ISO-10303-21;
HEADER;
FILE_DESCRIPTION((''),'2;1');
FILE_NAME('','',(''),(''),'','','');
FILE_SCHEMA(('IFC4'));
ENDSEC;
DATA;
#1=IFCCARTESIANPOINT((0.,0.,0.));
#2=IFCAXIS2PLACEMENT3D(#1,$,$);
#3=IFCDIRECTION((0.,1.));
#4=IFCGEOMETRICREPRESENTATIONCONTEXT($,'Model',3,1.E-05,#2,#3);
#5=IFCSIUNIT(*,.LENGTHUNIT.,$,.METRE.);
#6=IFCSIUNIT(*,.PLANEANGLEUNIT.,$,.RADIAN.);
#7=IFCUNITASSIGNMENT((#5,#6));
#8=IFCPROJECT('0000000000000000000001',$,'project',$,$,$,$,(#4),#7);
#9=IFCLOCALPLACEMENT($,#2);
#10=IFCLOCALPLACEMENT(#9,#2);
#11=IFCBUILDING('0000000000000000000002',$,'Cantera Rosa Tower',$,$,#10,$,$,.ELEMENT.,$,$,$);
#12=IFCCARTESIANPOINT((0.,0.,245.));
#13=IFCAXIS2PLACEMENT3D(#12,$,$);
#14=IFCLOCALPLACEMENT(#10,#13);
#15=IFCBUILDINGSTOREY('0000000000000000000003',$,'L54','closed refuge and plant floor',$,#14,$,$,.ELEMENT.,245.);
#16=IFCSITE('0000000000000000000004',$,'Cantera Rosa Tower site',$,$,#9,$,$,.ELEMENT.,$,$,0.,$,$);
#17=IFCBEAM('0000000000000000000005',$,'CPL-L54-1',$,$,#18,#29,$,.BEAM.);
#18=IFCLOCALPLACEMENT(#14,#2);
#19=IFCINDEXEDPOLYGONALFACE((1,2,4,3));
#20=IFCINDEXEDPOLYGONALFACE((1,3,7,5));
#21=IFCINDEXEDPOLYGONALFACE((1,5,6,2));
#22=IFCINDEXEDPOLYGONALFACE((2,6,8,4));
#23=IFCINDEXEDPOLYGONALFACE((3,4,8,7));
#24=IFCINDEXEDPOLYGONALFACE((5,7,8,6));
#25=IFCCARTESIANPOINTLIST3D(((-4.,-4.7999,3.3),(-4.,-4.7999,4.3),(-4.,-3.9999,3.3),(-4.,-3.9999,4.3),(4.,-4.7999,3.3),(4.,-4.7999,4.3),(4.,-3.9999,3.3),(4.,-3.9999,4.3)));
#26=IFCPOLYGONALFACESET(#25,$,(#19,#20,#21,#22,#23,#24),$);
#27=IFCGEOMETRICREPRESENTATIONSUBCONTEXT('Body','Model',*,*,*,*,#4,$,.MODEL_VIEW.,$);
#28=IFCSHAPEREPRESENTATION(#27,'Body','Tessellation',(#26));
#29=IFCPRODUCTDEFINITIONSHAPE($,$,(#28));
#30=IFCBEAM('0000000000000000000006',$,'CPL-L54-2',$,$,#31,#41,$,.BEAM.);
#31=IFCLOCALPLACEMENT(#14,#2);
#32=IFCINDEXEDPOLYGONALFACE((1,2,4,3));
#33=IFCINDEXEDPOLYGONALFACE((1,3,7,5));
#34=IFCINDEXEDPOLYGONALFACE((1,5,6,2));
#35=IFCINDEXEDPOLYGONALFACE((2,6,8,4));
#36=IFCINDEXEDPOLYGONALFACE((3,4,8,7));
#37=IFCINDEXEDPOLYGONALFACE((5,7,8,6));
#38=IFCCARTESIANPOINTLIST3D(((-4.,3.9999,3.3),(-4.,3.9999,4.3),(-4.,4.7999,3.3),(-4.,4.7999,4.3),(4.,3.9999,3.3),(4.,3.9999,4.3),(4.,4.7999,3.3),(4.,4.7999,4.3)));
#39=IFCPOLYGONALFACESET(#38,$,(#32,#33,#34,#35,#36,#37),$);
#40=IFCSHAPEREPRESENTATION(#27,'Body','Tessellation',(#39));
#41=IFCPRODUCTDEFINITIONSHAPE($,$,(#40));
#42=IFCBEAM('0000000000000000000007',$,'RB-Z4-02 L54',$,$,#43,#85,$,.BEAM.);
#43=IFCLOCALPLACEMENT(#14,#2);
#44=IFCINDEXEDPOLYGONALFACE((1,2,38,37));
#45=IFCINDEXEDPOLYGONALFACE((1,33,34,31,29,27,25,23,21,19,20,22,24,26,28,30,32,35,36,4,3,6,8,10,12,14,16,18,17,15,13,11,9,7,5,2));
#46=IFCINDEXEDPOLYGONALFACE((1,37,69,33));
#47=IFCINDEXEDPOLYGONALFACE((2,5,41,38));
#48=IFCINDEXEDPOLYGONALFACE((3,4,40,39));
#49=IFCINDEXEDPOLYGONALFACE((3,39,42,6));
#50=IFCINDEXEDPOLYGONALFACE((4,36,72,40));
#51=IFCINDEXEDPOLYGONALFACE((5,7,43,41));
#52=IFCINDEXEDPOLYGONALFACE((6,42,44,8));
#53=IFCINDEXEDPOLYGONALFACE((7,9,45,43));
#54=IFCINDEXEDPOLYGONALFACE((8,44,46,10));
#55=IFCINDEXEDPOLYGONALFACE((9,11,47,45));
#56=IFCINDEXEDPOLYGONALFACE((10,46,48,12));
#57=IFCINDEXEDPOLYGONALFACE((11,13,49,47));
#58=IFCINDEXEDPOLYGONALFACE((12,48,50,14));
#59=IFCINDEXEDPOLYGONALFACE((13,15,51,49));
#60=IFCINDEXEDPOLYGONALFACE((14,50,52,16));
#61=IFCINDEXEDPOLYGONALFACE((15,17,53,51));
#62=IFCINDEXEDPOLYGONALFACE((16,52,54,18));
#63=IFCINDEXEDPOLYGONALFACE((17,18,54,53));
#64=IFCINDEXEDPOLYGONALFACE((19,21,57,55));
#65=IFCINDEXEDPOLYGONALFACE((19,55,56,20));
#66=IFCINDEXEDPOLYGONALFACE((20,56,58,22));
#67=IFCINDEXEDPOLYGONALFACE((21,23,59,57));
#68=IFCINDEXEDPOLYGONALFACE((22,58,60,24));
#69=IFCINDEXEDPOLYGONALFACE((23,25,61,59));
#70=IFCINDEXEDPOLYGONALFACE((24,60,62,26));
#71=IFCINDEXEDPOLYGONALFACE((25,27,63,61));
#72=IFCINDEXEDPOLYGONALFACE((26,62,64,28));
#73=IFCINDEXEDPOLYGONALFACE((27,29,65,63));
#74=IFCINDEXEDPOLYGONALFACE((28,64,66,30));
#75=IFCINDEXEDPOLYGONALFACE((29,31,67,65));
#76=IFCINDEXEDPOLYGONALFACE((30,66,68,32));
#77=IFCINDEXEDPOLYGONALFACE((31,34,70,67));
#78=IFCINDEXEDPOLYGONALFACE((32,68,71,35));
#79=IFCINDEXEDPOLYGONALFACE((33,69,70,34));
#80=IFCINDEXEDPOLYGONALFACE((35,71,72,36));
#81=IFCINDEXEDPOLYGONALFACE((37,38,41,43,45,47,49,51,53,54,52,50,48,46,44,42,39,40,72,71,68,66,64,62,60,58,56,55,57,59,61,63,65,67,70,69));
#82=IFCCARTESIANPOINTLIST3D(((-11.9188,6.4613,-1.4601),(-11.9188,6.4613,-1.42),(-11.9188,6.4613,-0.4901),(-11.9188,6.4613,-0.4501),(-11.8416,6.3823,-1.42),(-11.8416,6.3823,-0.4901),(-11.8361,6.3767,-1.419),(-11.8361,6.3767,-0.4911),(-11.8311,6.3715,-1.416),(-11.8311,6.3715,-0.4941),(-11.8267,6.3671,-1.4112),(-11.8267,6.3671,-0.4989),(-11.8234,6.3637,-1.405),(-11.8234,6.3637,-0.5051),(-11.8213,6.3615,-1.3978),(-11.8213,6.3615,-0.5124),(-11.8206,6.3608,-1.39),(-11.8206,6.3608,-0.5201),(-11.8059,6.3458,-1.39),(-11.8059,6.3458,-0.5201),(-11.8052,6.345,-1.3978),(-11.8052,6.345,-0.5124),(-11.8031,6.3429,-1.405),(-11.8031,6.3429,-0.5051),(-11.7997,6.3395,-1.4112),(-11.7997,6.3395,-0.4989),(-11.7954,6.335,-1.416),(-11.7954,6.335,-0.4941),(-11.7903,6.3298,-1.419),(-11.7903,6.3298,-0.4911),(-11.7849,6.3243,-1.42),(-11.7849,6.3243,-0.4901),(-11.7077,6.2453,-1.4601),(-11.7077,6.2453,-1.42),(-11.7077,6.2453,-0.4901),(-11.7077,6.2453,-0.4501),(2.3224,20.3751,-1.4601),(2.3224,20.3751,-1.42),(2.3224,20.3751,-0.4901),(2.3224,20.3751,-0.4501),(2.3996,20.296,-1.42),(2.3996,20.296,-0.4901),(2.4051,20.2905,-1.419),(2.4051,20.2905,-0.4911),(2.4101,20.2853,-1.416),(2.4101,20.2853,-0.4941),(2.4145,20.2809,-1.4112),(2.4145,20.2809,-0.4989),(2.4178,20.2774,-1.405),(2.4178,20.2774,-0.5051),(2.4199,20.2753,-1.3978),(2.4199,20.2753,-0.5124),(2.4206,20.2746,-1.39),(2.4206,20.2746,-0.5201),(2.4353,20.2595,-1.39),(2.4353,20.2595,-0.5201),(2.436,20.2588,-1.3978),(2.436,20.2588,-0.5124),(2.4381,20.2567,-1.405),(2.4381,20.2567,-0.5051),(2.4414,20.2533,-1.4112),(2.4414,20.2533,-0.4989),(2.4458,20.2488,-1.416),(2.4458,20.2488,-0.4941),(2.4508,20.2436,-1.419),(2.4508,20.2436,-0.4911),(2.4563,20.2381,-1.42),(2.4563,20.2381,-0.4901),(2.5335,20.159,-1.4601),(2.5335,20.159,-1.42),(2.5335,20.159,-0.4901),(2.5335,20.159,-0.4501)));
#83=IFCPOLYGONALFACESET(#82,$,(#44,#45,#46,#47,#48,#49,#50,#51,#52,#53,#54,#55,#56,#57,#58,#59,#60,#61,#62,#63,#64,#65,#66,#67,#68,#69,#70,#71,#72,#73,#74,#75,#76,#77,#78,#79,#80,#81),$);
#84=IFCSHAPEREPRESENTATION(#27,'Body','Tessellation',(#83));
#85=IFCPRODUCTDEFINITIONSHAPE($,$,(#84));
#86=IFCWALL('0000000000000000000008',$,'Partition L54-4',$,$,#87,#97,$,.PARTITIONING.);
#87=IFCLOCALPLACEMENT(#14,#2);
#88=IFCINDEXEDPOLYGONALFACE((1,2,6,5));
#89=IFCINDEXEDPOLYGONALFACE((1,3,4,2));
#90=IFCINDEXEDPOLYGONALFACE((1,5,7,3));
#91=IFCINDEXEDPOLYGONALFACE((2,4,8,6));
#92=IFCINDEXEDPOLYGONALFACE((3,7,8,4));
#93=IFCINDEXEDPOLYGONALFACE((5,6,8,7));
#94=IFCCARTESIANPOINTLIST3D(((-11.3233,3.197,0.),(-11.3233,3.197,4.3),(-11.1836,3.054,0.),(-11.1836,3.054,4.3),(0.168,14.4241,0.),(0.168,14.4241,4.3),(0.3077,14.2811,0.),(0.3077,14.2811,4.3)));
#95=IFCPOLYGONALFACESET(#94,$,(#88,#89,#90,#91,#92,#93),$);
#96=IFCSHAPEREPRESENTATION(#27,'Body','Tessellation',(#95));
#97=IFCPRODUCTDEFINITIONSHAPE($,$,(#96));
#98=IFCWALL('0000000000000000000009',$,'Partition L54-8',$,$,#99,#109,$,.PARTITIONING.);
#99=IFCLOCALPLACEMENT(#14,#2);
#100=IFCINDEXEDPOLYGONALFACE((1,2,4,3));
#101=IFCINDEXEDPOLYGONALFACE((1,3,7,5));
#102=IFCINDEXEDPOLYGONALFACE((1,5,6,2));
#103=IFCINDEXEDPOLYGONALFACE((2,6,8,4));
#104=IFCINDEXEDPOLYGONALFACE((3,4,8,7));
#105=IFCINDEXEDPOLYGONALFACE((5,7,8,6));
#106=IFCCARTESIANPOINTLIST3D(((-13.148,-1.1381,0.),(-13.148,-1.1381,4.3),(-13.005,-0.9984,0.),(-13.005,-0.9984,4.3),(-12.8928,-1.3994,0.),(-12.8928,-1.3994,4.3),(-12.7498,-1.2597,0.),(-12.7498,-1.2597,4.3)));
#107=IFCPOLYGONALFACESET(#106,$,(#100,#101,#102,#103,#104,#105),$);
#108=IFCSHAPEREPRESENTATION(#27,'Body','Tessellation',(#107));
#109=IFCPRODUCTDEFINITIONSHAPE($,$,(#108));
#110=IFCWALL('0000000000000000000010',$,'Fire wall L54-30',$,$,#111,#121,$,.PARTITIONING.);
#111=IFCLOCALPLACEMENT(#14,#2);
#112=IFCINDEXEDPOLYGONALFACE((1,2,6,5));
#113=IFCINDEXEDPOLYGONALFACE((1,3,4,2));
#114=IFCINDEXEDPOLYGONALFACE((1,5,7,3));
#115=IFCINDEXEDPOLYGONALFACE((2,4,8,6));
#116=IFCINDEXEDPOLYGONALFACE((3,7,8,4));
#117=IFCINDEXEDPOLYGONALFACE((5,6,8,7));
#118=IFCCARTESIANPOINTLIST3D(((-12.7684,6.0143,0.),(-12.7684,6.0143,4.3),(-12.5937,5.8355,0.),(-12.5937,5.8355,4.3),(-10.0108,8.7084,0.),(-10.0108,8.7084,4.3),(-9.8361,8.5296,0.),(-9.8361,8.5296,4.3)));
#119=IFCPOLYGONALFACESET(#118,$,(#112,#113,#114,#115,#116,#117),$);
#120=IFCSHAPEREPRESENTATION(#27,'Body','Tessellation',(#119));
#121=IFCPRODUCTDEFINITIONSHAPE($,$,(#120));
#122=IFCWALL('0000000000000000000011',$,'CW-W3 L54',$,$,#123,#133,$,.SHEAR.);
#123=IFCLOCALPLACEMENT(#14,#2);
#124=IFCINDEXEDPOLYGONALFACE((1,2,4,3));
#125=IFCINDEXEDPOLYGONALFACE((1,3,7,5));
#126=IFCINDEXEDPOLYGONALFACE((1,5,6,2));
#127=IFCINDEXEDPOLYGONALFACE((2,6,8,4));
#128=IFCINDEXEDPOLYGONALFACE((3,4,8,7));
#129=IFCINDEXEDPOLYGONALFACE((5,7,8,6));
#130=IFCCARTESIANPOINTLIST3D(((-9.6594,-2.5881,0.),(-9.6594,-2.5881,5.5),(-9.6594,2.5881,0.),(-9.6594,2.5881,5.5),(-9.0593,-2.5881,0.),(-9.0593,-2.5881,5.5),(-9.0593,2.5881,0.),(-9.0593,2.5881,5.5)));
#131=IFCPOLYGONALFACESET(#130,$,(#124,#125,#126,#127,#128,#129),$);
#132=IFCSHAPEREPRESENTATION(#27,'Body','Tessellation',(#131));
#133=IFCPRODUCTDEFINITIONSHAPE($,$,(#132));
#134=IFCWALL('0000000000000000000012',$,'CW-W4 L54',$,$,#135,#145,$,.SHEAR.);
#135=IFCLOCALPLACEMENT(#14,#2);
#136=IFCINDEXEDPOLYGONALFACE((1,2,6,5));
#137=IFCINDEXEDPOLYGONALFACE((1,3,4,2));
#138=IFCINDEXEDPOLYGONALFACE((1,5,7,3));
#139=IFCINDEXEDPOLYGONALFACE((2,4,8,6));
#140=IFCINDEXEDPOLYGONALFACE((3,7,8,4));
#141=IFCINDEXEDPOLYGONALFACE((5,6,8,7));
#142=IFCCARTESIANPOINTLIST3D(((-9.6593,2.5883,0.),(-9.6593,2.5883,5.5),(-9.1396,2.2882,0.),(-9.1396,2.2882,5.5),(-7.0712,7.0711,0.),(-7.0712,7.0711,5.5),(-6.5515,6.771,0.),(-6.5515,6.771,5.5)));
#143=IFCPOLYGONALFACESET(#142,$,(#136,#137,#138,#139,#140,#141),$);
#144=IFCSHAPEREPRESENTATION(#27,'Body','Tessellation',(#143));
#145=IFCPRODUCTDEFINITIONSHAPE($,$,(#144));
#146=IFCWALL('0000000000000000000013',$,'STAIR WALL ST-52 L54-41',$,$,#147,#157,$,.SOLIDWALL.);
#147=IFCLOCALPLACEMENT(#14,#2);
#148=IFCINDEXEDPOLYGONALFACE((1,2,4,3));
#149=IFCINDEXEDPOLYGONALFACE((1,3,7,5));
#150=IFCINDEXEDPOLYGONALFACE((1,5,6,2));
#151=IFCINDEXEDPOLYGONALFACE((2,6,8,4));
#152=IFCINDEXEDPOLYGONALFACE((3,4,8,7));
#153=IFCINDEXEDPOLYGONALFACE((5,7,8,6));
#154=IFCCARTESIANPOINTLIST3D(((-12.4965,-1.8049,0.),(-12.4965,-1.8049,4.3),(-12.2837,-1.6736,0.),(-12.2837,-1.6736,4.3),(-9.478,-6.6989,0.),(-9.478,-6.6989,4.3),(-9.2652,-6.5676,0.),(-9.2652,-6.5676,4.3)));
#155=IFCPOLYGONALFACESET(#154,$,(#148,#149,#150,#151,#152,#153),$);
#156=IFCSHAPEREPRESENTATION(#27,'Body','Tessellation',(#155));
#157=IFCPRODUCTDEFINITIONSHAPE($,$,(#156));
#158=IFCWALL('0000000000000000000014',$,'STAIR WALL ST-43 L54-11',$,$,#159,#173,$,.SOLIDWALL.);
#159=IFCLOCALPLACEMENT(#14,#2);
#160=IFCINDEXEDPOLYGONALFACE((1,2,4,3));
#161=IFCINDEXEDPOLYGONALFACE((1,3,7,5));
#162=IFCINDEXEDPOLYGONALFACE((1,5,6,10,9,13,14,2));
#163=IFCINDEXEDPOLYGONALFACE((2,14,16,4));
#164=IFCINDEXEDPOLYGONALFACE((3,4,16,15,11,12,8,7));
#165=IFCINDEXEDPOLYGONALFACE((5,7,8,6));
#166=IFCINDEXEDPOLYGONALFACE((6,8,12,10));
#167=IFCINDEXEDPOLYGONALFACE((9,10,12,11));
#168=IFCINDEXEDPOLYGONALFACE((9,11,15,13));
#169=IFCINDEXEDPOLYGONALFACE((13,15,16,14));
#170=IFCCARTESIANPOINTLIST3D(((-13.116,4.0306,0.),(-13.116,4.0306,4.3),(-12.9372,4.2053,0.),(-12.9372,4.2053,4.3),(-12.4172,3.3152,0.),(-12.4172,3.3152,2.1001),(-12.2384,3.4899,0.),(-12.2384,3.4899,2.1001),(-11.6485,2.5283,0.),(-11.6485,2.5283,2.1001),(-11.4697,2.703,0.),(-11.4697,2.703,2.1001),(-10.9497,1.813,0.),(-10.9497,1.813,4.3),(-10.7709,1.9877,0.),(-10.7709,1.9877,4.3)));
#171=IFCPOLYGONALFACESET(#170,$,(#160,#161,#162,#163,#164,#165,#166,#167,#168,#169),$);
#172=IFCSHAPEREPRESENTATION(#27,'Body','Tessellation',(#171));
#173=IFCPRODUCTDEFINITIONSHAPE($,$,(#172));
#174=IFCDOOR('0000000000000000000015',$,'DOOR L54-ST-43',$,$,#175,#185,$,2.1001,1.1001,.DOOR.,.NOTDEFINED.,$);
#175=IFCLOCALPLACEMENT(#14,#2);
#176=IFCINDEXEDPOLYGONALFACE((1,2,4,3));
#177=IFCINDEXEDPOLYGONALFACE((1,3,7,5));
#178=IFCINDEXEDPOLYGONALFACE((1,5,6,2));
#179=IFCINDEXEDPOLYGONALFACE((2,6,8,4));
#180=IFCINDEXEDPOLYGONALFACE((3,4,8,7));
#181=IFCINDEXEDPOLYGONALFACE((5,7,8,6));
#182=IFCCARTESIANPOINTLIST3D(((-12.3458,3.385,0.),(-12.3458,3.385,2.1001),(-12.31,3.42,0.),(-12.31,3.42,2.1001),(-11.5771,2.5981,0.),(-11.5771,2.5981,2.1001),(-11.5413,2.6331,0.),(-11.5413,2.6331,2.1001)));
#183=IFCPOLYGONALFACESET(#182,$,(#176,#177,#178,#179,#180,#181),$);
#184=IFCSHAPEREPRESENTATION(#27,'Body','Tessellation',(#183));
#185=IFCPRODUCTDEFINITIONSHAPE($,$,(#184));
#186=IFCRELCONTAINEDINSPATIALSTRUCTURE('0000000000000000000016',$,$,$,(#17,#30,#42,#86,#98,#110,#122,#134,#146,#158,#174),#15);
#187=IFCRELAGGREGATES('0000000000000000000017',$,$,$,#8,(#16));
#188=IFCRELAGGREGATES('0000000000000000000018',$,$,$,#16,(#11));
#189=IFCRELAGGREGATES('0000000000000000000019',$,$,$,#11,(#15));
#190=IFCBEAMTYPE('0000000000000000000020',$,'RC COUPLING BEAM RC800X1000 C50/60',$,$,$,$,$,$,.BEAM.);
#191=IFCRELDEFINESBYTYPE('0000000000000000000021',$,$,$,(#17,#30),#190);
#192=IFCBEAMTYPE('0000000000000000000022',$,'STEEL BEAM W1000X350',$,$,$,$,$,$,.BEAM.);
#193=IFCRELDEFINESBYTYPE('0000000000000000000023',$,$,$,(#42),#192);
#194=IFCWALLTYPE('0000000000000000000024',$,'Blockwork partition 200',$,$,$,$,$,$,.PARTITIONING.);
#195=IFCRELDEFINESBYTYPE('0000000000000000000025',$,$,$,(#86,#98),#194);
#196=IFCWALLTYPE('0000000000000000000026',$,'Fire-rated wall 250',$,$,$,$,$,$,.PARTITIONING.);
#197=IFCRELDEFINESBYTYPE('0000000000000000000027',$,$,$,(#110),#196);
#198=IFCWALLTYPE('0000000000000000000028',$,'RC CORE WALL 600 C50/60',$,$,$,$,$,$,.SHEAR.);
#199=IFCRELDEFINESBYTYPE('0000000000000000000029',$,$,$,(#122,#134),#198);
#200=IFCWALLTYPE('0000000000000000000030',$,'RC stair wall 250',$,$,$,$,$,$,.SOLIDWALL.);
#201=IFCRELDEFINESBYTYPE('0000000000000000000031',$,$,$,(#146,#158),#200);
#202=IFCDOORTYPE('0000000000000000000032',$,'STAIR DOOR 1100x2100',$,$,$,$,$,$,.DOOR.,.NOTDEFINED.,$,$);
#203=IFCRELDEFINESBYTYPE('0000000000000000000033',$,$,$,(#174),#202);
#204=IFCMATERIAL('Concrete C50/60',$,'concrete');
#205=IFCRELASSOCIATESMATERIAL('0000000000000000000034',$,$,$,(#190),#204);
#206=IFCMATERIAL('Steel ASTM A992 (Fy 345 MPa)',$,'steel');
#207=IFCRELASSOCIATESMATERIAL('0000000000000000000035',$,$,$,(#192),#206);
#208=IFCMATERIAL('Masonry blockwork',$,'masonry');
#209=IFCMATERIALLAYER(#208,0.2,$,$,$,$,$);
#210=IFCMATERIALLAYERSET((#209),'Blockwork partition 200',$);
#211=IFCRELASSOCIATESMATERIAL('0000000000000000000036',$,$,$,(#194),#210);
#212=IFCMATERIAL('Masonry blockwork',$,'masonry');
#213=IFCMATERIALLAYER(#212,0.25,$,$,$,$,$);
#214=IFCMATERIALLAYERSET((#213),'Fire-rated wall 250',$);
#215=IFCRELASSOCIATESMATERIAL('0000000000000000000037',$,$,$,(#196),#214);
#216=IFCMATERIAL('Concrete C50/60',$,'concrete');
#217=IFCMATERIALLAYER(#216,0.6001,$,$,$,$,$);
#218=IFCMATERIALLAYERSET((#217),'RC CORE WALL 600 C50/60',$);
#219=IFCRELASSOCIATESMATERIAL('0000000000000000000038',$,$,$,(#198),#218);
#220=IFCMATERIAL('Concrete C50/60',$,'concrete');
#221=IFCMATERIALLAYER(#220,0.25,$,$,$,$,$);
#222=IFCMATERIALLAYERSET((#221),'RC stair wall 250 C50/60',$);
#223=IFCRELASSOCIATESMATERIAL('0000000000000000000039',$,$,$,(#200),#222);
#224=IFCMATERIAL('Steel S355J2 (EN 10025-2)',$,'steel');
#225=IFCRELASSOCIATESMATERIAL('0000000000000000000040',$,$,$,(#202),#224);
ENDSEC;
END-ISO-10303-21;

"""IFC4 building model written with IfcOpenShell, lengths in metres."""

from ifc_helpers import new_model, si_unit, direction, frame, frame_2d, origin, origin_2d, place, context, subcontext, project, spatial, rectangle, i_section, extrude, material, layer, layer_set, material_profile, profile_set, type_object, element, fill, save


model = new_model("IFC4")

# Units and contexts
model_context = context("Model", 3, precision=1e-05, world=origin(), true_north=direction((0.0, 1.0)))
body_context = subcontext(model_context, "Body", "Model", "MODEL_VIEW")
ifc_project = project(units=[si_unit("LENGTHUNIT", "METRE"), si_unit("PLANEANGLEUNIT", "RADIAN")], contexts=[model_context])

# Site, building, storey
site_placement = place(None, origin())
site = spatial("IfcSite", under=ifc_project, at=site_placement, Name="Cantera Rosa Tower site", CompositionType="ELEMENT", RefElevation=0.0)
building_placement = place(site_placement, origin())
building = spatial("IfcBuilding", under=site, at=building_placement, Name="Cantera Rosa Tower", CompositionType="ELEMENT")
storey_placement = place(building_placement, frame((0.0, 0.0, 245.0)))
storey = spatial("IfcBuildingStorey", under=building, at=storey_placement, Name="L54", Description="closed refuge and plant floor", CompositionType="ELEMENT", Elevation=245.0)

# Beams
ifc_material_1 = material(Name="Concrete C50/60", Category="concrete")
ifc_material_profile_1 = material_profile(ifc_material_1, rectangle(XDim=0.8, YDim=1.0, at=origin_2d()), Name="RC COUPLING BEAM RC800X1000 C50/60")
ifc_profile_set_1 = profile_set([ifc_material_profile_1], Name="Concrete C50/60")
beam_type_1 = type_object("IfcBeamType", Name="RC COUPLING BEAM RC800X1000 C50/60", PredefinedType="BEAM", material=ifc_profile_set_1)
for number, where, z_axis, x_axis, name in (
    (1, (-4.0, -4.3999, 3.8), (1.0, 0.0, 0.0), (0.0, 1.0, 0.0), "CPL-L54-1"),
    (2, (-4.0, 4.3999, 3.8), (1.0, 0.0, 0.0), (0.0, 1.0, 0.0), "CPL-L54-2"),
):
    element("IfcBeam", number, at=place(storey_placement, frame(where, z_axis=z_axis, x_axis=x_axis)), inside=storey, type_object=beam_type_1, Name=name, PredefinedType="BEAM", context=body_context, shape_type="SweptSolid", body=[
        extrude(rectangle(XDim=0.8, YDim=1.0, at=origin_2d()), origin(), (0.0, 0.0, 1.0), 8.0),
    ])
ifc_material_2 = material(Name="Steel ASTM A992 (Fy 345 MPa)", Category="steel")
ifc_material_profile_2 = material_profile(ifc_material_2, i_section(OverallWidth=0.302, OverallDepth=1.01, WebThickness=0.021, FlangeThickness=0.04, FilletRadius=0.03, at=origin_2d()), Name="W1000X350")
ifc_profile_set_2 = profile_set([ifc_material_profile_2], Name="Steel ASTM A992 (Fy 345 MPa)")
beam_type_2 = type_object("IfcBeamType", Name="STEEL BEAM W1000X350", PredefinedType="BEAM", material=ifc_profile_set_2)
beam_placement = place(storey_placement, frame((-11.8132, 6.3533, -0.9551), z_axis=(0.715281, 0.698837, 0.0), x_axis=(-0.698837, 0.715281, 0.0)))
element("IfcBeam", 3, at=beam_placement, inside=storey, type_object=beam_type_2, Name="RB-Z4-02 L54", PredefinedType="BEAM", context=body_context, shape_type="SweptSolid", body=[
    extrude(i_section(OverallWidth=0.302, OverallDepth=1.01, WebThickness=0.021, FlangeThickness=0.04, FilletRadius=0.03, at=origin_2d()), origin(), (0.0, 0.0, 1.0), 19.9099),
])

# Walls
ifc_material_3 = material(Name="Masonry blockwork", Category="masonry")
ifc_layer_1 = layer(ifc_material_3, 0.2)
ifc_layer_set_1 = layer_set([ifc_layer_1], Name="Blockwork partition 200")
wall_type_1 = type_object("IfcWallType", Name="Blockwork partition 200", PredefinedType="PARTITIONING", material=ifc_layer_set_1)
wall_1_placement = place(storey_placement, frame((-11.2534, 3.1255, 0.0), z_axis=(0.0, 0.0, 1.0), x_axis=(0.71528, 0.698838, 0.0)))
element("IfcWall", 4, at=wall_1_placement, inside=storey, type_object=wall_type_1, Name="Partition L54-4", PredefinedType="PARTITIONING", context=body_context, shape_type="SweptSolid", body=[
    extrude(rectangle(XDim=16.0654, YDim=0.2, at=frame_2d((8.0327, 0.0))), origin(), (0.0, 0.0, 1.0), 4.3),
])
wall_2_placement = place(storey_placement, frame((-12.8213, -1.3296, 0.0), z_axis=(0.0, 0.0, 1.0), x_axis=(-0.6987, 0.715415, 0.0)))
element("IfcWall", 5, at=wall_2_placement, inside=storey, type_object=wall_type_1, Name="Partition L54-8", PredefinedType="PARTITIONING", context=body_context, shape_type="SweptSolid", body=[
    extrude(rectangle(XDim=0.3652, YDim=0.2, at=frame_2d((0.1826, 0.0))), origin(), (0.0, 0.0, 1.0), 4.3),
])
ifc_material_4 = material(Name="Masonry blockwork", Category="masonry")
ifc_layer_2 = layer(ifc_material_4, 0.25)
ifc_layer_set_2 = layer_set([ifc_layer_2], Name="Fire-rated wall 250")
wall_type_2 = type_object("IfcWallType", Name="Fire-rated wall 250", PredefinedType="PARTITIONING", material=ifc_layer_set_2)
wall_3_placement = place(storey_placement, frame((-12.6812, 5.9248, 0.0), z_axis=(0.0, 0.0, 1.0), x_axis=(0.715292, 0.698826, 0.0)))
element("IfcWall", 6, at=wall_3_placement, inside=storey, type_object=wall_type_2, Name="Fire wall L54-30", PredefinedType="PARTITIONING", context=body_context, shape_type="SweptSolid", body=[
    extrude(rectangle(XDim=3.8552, YDim=0.25, at=frame_2d((1.9277, 0.0))), origin(), (0.0, 0.0, 1.0), 4.3),
])
ifc_material_5 = material(Name="Concrete C50/60", Category="concrete")
ifc_layer_3 = layer(ifc_material_5, 0.6001)
ifc_layer_set_3 = layer_set([ifc_layer_3], Name="RC CORE WALL 600 C50/60")
wall_type_3 = type_object("IfcWallType", Name="RC CORE WALL 600 C50/60", PredefinedType="SHEAR", material=ifc_layer_set_3)
for number, where, z_axis, x_axis, name in (
    (7, (-9.3594, -2.5881, 0.0), (0.0, 0.0, 1.0), (0.0, 1.0, 0.0), "CW-W3 L54"),
    (8, (-9.3994, 2.4382, 0.0), (0.0, 0.0, 1.0), (0.499989, 0.866032, 0.0), "CW-W4 L54"),
):
    element("IfcWall", number, at=place(storey_placement, frame(where, z_axis=z_axis, x_axis=x_axis)), inside=storey, type_object=wall_type_3, Name=name, PredefinedType="SHEAR", context=body_context, shape_type="SweptSolid", body=[
        extrude(rectangle(XDim=5.1763, YDim=0.6001, at=frame_2d((2.5881, 0.0))), origin(), (0.0, 0.0, 1.0), 5.5),
    ])
ifc_material_6 = material(Name="Concrete C50/60", Category="concrete")
ifc_layer_4 = layer(ifc_material_6, 0.25)
ifc_layer_set_4 = layer_set([ifc_layer_4], Name="RC stair wall 250 C50/60")
wall_type_4 = type_object("IfcWallType", Name="RC stair wall 250", PredefinedType="SOLIDWALL", material=ifc_layer_set_4)
wall_4_placement = place(storey_placement, frame((-12.3901, -1.7393, 0.0), z_axis=(0.0, 0.0, 1.0), x_axis=(0.524959, -0.851127, 0.0)))
element("IfcWall", 9, at=wall_4_placement, inside=storey, type_object=wall_type_4, Name="STAIR WALL ST-52 L54-41", PredefinedType="SOLIDWALL", context=body_context, shape_type="SweptSolid", body=[
    extrude(rectangle(XDim=5.75, YDim=0.25, at=frame_2d((2.875, 0.0))), origin(), (0.0, 0.0, 1.0), 4.3),
])

# Wall, opening, door
wall_5_placement = place(storey_placement, frame((-13.0266, 4.1179, 0.0), z_axis=(0.0, 0.0, 1.0), x_axis=(0.698789, -0.715328, 0.0)))
wall_5 = element("IfcWall", 10, at=wall_5_placement, inside=storey, type_object=wall_type_4, Name="STAIR WALL ST-43 L54-11", PredefinedType="SOLIDWALL", context=body_context, shape_type="SweptSolid", body=[
    extrude(rectangle(XDim=3.1001, YDim=0.25, at=frame_2d((1.55, 0.0))), origin(), (0.0, 0.0, 1.0), 4.3),
])
opening_placement = place(wall_5_placement, frame((1.0, 0.0, 0.0)))
opening = element("IfcOpeningElement", 11, at=opening_placement, cuts=wall_5, PredefinedType="OPENING", context=body_context, shape_type="SweptSolid", body=[
    extrude(rectangle(XDim=1.1001, YDim=2.1001, at=frame_2d((0.55, 1.05))), frame((0.0, 0.135, 0.0), z_axis=(0.0, -1.0, 0.0), x_axis=(1.0, 0.0, 0.0)), (0.0, 0.0, 1.0), 0.27),
])
ifc_material_7 = material(Name="Steel S355J2 (EN 10025-2)", Category="steel")
door_type = type_object("IfcDoorType", Name="STAIR DOOR 1100x2100", OperationType="NOTDEFINED", PredefinedType="DOOR", material=ifc_material_7)
door_placement = place(opening_placement, origin())
door = element("IfcDoor", 12, at=door_placement, inside=storey, type_object=door_type, Name="DOOR L54-ST-43", OperationType="NOTDEFINED", OverallHeight=2.1001, OverallWidth=1.1001, PredefinedType="DOOR", context=body_context, shape_type="SweptSolid", body=[
    extrude(rectangle(XDim=1.1001, YDim=2.1001, at=frame_2d((0.55, 1.05))), frame((0.0, 0.0249, 0.0), z_axis=(0.0, -1.0, 0.0), x_axis=(1.0, 0.0, 0.0)), (0.0, 0.0, 1.0), 0.05),
])
fill(opening, door)

save(model, "model.ifc")
